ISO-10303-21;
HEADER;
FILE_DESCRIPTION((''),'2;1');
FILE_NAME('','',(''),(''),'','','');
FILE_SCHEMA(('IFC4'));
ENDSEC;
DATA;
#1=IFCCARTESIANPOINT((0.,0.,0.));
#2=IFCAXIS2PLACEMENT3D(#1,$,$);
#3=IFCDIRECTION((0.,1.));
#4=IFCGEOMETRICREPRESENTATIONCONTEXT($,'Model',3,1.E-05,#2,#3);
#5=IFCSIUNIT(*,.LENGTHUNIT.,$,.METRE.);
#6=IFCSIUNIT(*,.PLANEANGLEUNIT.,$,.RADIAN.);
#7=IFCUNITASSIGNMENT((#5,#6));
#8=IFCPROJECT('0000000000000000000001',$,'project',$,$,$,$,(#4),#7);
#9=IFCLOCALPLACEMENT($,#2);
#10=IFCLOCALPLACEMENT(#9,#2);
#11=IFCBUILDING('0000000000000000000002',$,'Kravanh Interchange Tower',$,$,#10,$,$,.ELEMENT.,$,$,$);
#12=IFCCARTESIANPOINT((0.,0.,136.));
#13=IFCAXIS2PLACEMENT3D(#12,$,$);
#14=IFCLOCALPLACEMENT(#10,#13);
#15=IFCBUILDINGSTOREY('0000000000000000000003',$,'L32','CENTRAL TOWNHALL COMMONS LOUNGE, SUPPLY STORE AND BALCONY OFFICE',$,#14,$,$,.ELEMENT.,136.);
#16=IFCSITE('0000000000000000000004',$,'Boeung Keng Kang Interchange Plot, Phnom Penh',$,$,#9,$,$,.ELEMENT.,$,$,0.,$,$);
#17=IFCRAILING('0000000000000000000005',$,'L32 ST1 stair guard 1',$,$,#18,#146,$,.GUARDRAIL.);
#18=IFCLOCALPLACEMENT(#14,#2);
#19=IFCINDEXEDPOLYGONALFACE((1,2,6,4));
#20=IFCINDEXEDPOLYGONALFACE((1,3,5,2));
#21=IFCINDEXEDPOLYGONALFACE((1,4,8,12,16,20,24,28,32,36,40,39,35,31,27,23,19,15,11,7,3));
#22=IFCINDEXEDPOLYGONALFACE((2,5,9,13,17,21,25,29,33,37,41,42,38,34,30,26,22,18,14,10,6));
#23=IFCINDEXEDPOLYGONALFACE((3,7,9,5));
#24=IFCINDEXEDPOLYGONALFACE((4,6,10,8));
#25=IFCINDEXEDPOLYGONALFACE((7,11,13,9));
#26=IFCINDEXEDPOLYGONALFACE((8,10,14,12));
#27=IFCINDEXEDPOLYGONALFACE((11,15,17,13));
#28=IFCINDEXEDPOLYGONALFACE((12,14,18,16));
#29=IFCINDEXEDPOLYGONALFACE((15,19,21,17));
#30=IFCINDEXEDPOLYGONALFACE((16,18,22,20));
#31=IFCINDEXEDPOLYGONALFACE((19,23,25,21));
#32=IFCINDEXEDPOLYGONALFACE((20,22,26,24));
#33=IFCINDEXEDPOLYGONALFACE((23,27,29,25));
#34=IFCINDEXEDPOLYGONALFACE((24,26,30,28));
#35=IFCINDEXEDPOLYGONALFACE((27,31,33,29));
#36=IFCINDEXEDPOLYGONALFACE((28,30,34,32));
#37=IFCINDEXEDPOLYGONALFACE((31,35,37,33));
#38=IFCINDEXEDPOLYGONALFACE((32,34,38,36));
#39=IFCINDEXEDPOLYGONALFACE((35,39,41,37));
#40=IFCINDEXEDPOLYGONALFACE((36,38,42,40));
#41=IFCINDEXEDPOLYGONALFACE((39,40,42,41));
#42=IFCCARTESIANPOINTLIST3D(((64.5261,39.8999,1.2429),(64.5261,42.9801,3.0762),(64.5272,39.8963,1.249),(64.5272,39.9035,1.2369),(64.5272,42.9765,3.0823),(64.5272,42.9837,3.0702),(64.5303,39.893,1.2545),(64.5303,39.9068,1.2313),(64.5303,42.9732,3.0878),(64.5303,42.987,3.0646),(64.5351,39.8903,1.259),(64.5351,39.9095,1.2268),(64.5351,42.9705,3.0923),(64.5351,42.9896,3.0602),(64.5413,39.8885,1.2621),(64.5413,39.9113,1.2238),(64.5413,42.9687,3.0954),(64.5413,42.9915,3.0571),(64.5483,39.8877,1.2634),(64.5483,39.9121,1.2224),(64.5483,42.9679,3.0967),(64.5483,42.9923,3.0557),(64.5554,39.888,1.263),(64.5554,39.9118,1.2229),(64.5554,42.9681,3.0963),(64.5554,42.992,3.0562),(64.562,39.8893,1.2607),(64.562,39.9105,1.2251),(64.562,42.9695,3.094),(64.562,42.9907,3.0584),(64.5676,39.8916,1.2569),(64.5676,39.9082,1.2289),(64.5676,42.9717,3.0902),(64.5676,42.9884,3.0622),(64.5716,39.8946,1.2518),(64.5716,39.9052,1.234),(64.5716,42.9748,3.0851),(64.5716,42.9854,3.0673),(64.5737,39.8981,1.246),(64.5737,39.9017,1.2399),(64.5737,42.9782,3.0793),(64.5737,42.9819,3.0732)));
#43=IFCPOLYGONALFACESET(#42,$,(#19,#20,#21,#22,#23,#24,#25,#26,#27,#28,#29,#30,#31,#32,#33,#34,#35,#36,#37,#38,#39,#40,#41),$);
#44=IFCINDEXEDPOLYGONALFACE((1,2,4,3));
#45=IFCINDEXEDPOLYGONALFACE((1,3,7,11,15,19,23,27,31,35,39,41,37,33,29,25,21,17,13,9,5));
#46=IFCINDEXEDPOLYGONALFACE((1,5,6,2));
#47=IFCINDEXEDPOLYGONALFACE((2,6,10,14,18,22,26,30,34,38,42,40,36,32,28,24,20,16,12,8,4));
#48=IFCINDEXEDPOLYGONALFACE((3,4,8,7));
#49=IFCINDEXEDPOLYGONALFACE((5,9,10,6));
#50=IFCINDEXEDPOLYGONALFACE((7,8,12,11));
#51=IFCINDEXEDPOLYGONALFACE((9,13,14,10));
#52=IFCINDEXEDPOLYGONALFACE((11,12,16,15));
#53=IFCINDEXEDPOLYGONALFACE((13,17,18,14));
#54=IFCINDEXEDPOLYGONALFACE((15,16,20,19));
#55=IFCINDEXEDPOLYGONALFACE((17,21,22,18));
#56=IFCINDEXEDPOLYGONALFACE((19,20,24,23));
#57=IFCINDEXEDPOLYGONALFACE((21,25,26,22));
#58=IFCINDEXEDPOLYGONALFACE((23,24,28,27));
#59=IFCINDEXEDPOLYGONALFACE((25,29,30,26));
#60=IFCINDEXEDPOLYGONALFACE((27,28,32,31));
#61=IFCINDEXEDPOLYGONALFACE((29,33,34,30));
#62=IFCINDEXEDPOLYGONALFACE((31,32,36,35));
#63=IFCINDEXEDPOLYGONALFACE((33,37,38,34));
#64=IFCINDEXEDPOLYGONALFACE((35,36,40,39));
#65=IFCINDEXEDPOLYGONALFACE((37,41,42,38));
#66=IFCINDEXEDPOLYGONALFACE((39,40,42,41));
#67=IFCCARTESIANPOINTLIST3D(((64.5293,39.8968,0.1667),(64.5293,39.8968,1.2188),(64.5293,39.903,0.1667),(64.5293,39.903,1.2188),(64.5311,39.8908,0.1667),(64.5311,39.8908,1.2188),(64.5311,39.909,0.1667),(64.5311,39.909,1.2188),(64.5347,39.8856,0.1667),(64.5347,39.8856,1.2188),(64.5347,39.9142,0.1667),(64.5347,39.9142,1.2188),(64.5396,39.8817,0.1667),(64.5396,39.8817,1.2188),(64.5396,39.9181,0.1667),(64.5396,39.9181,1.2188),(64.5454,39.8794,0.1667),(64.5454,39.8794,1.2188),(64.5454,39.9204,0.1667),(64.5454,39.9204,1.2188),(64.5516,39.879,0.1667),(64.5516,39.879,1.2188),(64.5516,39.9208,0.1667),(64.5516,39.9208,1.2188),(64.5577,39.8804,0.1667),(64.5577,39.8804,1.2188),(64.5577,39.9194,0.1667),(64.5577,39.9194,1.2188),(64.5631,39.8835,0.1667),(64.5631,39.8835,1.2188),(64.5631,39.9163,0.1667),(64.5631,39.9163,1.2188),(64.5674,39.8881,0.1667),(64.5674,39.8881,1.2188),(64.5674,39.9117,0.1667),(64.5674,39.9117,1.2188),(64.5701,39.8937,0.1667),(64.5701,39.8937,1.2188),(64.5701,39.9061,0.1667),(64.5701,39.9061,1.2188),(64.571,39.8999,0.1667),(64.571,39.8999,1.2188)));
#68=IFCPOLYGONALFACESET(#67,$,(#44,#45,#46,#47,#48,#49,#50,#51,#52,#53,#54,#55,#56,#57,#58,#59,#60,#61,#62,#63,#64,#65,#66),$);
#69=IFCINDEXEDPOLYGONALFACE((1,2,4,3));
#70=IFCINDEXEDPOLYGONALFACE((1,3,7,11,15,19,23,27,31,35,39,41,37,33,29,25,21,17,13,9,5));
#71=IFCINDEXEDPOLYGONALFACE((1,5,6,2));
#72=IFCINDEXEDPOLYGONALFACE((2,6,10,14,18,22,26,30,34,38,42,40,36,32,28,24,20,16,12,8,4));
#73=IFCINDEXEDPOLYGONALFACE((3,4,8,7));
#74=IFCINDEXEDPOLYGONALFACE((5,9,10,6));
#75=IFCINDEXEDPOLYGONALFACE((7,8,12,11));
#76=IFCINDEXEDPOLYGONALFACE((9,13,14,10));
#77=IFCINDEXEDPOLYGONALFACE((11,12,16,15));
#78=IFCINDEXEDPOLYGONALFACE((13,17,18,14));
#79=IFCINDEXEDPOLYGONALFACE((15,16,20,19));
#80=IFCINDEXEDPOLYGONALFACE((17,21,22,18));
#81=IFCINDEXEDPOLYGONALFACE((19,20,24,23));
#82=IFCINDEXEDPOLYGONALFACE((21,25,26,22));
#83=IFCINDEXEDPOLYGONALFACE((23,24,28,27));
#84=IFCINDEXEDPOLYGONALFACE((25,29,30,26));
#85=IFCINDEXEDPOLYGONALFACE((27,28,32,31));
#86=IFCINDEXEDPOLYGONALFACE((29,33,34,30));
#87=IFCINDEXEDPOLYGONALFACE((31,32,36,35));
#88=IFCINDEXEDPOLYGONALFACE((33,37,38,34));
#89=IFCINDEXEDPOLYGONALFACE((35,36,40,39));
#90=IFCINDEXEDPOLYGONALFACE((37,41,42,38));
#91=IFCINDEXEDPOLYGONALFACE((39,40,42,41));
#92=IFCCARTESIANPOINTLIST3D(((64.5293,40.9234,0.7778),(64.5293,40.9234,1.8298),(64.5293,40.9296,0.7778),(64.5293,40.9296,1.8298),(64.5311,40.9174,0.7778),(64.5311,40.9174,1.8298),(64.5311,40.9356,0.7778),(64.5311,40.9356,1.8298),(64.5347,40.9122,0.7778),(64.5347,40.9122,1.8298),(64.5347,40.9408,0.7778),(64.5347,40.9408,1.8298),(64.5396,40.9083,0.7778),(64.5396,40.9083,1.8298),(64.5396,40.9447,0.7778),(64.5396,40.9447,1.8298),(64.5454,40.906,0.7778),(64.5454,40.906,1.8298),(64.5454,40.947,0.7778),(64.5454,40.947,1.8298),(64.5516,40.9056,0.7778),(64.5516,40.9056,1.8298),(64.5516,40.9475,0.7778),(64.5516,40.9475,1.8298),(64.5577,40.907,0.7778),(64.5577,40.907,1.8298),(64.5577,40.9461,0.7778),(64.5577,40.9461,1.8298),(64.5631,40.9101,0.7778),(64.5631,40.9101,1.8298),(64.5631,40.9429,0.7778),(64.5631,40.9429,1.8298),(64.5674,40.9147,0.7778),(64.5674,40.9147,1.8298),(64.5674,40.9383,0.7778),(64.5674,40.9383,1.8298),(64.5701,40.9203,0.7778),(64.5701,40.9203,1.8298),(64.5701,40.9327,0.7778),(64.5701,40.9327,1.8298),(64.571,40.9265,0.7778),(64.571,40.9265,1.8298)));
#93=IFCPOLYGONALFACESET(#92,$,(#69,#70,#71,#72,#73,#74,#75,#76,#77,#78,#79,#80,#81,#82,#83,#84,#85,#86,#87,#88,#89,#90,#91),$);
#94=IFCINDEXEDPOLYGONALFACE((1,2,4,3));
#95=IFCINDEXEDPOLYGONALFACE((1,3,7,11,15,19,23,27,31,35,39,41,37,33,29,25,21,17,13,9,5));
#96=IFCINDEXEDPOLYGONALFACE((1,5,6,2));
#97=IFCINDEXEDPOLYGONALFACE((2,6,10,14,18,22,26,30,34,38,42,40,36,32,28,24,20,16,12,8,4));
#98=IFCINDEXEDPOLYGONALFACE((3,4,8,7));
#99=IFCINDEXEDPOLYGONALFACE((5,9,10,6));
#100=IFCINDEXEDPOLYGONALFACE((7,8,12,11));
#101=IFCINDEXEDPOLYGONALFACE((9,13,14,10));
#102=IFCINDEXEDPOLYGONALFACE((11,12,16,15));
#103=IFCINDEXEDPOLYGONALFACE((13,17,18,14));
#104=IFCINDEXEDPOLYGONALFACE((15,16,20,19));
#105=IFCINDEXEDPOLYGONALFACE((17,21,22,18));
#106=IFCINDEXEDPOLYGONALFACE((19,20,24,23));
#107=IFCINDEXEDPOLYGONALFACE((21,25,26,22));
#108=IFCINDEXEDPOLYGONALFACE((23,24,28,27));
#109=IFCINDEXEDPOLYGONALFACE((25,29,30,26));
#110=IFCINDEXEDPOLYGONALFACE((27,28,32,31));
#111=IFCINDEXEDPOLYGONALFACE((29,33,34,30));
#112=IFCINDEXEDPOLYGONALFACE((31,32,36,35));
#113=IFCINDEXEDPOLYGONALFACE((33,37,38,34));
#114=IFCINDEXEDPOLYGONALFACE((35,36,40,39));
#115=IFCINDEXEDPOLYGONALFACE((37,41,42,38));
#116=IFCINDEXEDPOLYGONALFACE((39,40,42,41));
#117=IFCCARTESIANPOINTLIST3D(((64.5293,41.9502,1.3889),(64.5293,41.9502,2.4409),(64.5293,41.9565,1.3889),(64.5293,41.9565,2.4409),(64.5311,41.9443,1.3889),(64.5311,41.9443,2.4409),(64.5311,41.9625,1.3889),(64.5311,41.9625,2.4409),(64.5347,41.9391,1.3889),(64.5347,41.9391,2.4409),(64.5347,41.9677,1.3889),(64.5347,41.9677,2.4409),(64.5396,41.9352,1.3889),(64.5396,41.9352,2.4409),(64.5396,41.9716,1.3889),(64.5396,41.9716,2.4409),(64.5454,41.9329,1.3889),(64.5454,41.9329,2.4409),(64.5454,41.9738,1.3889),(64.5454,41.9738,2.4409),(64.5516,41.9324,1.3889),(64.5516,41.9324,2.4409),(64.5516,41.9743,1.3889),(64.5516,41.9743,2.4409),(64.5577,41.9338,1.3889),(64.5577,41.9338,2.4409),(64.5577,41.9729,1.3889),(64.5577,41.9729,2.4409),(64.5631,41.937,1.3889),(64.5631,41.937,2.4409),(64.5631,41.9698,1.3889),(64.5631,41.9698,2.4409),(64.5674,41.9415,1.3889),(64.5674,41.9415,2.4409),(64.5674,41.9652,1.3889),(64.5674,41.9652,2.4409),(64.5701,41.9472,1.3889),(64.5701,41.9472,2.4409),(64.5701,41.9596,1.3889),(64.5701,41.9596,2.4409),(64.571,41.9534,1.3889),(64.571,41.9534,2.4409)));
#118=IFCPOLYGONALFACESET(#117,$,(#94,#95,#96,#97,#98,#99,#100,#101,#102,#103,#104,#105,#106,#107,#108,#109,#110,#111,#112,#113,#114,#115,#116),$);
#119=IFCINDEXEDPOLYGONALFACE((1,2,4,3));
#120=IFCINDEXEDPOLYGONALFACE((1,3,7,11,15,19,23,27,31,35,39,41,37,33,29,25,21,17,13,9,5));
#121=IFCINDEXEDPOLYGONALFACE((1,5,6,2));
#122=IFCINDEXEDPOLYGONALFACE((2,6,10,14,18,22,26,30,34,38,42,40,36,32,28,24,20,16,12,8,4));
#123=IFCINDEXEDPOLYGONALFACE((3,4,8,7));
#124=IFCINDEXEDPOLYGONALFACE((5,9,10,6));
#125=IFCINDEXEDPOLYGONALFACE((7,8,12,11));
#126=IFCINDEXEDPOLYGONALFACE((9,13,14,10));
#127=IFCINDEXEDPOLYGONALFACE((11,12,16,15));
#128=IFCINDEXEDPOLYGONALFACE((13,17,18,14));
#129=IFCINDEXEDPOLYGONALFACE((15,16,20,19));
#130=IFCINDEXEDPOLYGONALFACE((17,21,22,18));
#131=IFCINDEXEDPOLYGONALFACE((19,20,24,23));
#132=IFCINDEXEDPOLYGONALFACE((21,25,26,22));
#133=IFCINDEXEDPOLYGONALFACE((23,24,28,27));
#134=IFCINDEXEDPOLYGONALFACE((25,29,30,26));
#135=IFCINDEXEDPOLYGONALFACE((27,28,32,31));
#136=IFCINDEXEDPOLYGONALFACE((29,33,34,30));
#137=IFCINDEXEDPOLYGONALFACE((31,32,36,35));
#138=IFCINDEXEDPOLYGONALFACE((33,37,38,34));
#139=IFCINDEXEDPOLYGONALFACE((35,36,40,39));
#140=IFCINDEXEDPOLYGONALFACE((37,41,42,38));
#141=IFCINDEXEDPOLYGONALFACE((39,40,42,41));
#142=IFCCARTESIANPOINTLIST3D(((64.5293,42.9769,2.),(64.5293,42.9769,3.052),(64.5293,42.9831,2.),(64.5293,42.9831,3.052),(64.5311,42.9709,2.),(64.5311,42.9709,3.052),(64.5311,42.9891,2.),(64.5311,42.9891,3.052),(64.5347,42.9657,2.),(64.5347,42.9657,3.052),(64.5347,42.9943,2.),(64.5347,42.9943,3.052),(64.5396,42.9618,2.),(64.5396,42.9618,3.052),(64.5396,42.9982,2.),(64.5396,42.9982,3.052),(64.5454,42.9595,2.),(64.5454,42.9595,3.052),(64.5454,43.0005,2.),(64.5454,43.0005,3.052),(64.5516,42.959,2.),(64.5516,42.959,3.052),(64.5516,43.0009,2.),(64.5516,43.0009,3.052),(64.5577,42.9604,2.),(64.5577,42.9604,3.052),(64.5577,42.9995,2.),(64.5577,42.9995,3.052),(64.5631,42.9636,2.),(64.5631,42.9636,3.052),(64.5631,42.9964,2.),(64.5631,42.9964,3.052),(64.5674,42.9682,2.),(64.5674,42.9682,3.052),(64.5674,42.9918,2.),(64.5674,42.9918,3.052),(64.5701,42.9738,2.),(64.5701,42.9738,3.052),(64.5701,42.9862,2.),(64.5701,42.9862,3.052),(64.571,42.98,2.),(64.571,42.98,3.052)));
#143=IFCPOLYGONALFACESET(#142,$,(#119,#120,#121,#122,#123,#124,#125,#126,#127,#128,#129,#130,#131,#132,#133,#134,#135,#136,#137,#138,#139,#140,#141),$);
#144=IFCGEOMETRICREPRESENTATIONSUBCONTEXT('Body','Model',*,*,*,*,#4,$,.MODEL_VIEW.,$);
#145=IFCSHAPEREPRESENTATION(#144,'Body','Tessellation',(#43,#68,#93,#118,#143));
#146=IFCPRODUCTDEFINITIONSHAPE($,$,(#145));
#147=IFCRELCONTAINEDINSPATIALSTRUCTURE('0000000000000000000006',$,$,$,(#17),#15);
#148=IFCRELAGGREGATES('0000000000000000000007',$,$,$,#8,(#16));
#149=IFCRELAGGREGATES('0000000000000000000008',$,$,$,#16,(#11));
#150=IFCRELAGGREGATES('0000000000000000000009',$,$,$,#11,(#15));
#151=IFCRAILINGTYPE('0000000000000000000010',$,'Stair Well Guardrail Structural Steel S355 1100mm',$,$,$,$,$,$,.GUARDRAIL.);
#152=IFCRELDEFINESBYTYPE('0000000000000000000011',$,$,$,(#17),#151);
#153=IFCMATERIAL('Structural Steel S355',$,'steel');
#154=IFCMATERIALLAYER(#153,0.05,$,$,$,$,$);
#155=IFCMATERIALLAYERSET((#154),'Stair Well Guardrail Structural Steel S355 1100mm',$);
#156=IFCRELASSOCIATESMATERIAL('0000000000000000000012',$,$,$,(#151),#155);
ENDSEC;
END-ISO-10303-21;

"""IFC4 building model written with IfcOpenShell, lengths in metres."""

from ifc_helpers import new_model, si_unit, direction, frame, origin, origin_2d, place, context, subcontext, project, spatial, circle, extrude, material, layer, layer_set, type_object, element, save


model = new_model("IFC4")

# Units and contexts
model_context = context("Model", 3, precision=1e-05, world=origin(), true_north=direction((0.0, 1.0)))
body_context = subcontext(model_context, "Body", "Model", "MODEL_VIEW")
ifc_project = project(units=[si_unit("LENGTHUNIT", "METRE"), si_unit("PLANEANGLEUNIT", "RADIAN")], contexts=[model_context])

# Site, building, storey
site_placement = place(None, origin())
site = spatial("IfcSite", under=ifc_project, at=site_placement, Name="Boeung Keng Kang Interchange Plot, Phnom Penh", CompositionType="ELEMENT", RefElevation=0.0)
building_placement = place(site_placement, origin())
building = spatial("IfcBuilding", under=site, at=building_placement, Name="Kravanh Interchange Tower", CompositionType="ELEMENT")
storey_placement = place(building_placement, frame((0.0, 0.0, 136.0)))
storey = spatial("IfcBuildingStorey", under=building, at=storey_placement, Name="L32", Description="CENTRAL TOWNHALL COMMONS LOUNGE, SUPPLY STORE AND BALCONY OFFICE", CompositionType="ELEMENT", Elevation=136.0)

# Railing
ifc_material_1 = material(Name="Structural Steel S355", Category="steel")
ifc_layer_1 = layer(ifc_material_1, 0.05)
ifc_layer_set_1 = layer_set([ifc_layer_1], Name="Stair Well Guardrail Structural Steel S355 1100mm")
railing_type_1 = type_object("IfcRailingType", Name="Stair Well Guardrail Structural Steel S355 1100mm", PredefinedType="GUARDRAIL", material=ifc_layer_set_1)
railing_1_placement = place(storey_placement, frame((64.55, 39.8999, 0.1667)))
element("IfcRailing", 1, at=railing_1_placement, inside=storey, type_object=railing_type_1, Name="L32 ST1 stair guard 1", PredefinedType="GUARDRAIL", context=body_context, shape_type="SweptSolid", body=[
    extrude(circle(Radius=0.0239, at=origin_2d()), frame((0.0, 0.0, 1.0762), z_axis=(0.0, 0.859309, 0.511458), x_axis=(-1.0, 0.0, 0.0)), (0.0, 0.0, 1.0), 3.5845),
    extrude(circle(Radius=0.021, at=origin_2d()), origin(), (0.0, 0.0, 1.0), 1.052),
    extrude(circle(Radius=0.021, at=origin_2d()), frame((0.0, 1.0266, 0.6111)), (0.0, 0.0, 1.0), 1.052),
    extrude(circle(Radius=0.021, at=origin_2d()), frame((0.0, 2.0535, 1.2222)), (0.0, 0.0, 1.0), 1.052),
    extrude(circle(Radius=0.021, at=origin_2d()), frame((0.0, 3.0801, 1.8333)), (0.0, 0.0, 1.0), 1.052),
])

save(model, "model.ifc")
